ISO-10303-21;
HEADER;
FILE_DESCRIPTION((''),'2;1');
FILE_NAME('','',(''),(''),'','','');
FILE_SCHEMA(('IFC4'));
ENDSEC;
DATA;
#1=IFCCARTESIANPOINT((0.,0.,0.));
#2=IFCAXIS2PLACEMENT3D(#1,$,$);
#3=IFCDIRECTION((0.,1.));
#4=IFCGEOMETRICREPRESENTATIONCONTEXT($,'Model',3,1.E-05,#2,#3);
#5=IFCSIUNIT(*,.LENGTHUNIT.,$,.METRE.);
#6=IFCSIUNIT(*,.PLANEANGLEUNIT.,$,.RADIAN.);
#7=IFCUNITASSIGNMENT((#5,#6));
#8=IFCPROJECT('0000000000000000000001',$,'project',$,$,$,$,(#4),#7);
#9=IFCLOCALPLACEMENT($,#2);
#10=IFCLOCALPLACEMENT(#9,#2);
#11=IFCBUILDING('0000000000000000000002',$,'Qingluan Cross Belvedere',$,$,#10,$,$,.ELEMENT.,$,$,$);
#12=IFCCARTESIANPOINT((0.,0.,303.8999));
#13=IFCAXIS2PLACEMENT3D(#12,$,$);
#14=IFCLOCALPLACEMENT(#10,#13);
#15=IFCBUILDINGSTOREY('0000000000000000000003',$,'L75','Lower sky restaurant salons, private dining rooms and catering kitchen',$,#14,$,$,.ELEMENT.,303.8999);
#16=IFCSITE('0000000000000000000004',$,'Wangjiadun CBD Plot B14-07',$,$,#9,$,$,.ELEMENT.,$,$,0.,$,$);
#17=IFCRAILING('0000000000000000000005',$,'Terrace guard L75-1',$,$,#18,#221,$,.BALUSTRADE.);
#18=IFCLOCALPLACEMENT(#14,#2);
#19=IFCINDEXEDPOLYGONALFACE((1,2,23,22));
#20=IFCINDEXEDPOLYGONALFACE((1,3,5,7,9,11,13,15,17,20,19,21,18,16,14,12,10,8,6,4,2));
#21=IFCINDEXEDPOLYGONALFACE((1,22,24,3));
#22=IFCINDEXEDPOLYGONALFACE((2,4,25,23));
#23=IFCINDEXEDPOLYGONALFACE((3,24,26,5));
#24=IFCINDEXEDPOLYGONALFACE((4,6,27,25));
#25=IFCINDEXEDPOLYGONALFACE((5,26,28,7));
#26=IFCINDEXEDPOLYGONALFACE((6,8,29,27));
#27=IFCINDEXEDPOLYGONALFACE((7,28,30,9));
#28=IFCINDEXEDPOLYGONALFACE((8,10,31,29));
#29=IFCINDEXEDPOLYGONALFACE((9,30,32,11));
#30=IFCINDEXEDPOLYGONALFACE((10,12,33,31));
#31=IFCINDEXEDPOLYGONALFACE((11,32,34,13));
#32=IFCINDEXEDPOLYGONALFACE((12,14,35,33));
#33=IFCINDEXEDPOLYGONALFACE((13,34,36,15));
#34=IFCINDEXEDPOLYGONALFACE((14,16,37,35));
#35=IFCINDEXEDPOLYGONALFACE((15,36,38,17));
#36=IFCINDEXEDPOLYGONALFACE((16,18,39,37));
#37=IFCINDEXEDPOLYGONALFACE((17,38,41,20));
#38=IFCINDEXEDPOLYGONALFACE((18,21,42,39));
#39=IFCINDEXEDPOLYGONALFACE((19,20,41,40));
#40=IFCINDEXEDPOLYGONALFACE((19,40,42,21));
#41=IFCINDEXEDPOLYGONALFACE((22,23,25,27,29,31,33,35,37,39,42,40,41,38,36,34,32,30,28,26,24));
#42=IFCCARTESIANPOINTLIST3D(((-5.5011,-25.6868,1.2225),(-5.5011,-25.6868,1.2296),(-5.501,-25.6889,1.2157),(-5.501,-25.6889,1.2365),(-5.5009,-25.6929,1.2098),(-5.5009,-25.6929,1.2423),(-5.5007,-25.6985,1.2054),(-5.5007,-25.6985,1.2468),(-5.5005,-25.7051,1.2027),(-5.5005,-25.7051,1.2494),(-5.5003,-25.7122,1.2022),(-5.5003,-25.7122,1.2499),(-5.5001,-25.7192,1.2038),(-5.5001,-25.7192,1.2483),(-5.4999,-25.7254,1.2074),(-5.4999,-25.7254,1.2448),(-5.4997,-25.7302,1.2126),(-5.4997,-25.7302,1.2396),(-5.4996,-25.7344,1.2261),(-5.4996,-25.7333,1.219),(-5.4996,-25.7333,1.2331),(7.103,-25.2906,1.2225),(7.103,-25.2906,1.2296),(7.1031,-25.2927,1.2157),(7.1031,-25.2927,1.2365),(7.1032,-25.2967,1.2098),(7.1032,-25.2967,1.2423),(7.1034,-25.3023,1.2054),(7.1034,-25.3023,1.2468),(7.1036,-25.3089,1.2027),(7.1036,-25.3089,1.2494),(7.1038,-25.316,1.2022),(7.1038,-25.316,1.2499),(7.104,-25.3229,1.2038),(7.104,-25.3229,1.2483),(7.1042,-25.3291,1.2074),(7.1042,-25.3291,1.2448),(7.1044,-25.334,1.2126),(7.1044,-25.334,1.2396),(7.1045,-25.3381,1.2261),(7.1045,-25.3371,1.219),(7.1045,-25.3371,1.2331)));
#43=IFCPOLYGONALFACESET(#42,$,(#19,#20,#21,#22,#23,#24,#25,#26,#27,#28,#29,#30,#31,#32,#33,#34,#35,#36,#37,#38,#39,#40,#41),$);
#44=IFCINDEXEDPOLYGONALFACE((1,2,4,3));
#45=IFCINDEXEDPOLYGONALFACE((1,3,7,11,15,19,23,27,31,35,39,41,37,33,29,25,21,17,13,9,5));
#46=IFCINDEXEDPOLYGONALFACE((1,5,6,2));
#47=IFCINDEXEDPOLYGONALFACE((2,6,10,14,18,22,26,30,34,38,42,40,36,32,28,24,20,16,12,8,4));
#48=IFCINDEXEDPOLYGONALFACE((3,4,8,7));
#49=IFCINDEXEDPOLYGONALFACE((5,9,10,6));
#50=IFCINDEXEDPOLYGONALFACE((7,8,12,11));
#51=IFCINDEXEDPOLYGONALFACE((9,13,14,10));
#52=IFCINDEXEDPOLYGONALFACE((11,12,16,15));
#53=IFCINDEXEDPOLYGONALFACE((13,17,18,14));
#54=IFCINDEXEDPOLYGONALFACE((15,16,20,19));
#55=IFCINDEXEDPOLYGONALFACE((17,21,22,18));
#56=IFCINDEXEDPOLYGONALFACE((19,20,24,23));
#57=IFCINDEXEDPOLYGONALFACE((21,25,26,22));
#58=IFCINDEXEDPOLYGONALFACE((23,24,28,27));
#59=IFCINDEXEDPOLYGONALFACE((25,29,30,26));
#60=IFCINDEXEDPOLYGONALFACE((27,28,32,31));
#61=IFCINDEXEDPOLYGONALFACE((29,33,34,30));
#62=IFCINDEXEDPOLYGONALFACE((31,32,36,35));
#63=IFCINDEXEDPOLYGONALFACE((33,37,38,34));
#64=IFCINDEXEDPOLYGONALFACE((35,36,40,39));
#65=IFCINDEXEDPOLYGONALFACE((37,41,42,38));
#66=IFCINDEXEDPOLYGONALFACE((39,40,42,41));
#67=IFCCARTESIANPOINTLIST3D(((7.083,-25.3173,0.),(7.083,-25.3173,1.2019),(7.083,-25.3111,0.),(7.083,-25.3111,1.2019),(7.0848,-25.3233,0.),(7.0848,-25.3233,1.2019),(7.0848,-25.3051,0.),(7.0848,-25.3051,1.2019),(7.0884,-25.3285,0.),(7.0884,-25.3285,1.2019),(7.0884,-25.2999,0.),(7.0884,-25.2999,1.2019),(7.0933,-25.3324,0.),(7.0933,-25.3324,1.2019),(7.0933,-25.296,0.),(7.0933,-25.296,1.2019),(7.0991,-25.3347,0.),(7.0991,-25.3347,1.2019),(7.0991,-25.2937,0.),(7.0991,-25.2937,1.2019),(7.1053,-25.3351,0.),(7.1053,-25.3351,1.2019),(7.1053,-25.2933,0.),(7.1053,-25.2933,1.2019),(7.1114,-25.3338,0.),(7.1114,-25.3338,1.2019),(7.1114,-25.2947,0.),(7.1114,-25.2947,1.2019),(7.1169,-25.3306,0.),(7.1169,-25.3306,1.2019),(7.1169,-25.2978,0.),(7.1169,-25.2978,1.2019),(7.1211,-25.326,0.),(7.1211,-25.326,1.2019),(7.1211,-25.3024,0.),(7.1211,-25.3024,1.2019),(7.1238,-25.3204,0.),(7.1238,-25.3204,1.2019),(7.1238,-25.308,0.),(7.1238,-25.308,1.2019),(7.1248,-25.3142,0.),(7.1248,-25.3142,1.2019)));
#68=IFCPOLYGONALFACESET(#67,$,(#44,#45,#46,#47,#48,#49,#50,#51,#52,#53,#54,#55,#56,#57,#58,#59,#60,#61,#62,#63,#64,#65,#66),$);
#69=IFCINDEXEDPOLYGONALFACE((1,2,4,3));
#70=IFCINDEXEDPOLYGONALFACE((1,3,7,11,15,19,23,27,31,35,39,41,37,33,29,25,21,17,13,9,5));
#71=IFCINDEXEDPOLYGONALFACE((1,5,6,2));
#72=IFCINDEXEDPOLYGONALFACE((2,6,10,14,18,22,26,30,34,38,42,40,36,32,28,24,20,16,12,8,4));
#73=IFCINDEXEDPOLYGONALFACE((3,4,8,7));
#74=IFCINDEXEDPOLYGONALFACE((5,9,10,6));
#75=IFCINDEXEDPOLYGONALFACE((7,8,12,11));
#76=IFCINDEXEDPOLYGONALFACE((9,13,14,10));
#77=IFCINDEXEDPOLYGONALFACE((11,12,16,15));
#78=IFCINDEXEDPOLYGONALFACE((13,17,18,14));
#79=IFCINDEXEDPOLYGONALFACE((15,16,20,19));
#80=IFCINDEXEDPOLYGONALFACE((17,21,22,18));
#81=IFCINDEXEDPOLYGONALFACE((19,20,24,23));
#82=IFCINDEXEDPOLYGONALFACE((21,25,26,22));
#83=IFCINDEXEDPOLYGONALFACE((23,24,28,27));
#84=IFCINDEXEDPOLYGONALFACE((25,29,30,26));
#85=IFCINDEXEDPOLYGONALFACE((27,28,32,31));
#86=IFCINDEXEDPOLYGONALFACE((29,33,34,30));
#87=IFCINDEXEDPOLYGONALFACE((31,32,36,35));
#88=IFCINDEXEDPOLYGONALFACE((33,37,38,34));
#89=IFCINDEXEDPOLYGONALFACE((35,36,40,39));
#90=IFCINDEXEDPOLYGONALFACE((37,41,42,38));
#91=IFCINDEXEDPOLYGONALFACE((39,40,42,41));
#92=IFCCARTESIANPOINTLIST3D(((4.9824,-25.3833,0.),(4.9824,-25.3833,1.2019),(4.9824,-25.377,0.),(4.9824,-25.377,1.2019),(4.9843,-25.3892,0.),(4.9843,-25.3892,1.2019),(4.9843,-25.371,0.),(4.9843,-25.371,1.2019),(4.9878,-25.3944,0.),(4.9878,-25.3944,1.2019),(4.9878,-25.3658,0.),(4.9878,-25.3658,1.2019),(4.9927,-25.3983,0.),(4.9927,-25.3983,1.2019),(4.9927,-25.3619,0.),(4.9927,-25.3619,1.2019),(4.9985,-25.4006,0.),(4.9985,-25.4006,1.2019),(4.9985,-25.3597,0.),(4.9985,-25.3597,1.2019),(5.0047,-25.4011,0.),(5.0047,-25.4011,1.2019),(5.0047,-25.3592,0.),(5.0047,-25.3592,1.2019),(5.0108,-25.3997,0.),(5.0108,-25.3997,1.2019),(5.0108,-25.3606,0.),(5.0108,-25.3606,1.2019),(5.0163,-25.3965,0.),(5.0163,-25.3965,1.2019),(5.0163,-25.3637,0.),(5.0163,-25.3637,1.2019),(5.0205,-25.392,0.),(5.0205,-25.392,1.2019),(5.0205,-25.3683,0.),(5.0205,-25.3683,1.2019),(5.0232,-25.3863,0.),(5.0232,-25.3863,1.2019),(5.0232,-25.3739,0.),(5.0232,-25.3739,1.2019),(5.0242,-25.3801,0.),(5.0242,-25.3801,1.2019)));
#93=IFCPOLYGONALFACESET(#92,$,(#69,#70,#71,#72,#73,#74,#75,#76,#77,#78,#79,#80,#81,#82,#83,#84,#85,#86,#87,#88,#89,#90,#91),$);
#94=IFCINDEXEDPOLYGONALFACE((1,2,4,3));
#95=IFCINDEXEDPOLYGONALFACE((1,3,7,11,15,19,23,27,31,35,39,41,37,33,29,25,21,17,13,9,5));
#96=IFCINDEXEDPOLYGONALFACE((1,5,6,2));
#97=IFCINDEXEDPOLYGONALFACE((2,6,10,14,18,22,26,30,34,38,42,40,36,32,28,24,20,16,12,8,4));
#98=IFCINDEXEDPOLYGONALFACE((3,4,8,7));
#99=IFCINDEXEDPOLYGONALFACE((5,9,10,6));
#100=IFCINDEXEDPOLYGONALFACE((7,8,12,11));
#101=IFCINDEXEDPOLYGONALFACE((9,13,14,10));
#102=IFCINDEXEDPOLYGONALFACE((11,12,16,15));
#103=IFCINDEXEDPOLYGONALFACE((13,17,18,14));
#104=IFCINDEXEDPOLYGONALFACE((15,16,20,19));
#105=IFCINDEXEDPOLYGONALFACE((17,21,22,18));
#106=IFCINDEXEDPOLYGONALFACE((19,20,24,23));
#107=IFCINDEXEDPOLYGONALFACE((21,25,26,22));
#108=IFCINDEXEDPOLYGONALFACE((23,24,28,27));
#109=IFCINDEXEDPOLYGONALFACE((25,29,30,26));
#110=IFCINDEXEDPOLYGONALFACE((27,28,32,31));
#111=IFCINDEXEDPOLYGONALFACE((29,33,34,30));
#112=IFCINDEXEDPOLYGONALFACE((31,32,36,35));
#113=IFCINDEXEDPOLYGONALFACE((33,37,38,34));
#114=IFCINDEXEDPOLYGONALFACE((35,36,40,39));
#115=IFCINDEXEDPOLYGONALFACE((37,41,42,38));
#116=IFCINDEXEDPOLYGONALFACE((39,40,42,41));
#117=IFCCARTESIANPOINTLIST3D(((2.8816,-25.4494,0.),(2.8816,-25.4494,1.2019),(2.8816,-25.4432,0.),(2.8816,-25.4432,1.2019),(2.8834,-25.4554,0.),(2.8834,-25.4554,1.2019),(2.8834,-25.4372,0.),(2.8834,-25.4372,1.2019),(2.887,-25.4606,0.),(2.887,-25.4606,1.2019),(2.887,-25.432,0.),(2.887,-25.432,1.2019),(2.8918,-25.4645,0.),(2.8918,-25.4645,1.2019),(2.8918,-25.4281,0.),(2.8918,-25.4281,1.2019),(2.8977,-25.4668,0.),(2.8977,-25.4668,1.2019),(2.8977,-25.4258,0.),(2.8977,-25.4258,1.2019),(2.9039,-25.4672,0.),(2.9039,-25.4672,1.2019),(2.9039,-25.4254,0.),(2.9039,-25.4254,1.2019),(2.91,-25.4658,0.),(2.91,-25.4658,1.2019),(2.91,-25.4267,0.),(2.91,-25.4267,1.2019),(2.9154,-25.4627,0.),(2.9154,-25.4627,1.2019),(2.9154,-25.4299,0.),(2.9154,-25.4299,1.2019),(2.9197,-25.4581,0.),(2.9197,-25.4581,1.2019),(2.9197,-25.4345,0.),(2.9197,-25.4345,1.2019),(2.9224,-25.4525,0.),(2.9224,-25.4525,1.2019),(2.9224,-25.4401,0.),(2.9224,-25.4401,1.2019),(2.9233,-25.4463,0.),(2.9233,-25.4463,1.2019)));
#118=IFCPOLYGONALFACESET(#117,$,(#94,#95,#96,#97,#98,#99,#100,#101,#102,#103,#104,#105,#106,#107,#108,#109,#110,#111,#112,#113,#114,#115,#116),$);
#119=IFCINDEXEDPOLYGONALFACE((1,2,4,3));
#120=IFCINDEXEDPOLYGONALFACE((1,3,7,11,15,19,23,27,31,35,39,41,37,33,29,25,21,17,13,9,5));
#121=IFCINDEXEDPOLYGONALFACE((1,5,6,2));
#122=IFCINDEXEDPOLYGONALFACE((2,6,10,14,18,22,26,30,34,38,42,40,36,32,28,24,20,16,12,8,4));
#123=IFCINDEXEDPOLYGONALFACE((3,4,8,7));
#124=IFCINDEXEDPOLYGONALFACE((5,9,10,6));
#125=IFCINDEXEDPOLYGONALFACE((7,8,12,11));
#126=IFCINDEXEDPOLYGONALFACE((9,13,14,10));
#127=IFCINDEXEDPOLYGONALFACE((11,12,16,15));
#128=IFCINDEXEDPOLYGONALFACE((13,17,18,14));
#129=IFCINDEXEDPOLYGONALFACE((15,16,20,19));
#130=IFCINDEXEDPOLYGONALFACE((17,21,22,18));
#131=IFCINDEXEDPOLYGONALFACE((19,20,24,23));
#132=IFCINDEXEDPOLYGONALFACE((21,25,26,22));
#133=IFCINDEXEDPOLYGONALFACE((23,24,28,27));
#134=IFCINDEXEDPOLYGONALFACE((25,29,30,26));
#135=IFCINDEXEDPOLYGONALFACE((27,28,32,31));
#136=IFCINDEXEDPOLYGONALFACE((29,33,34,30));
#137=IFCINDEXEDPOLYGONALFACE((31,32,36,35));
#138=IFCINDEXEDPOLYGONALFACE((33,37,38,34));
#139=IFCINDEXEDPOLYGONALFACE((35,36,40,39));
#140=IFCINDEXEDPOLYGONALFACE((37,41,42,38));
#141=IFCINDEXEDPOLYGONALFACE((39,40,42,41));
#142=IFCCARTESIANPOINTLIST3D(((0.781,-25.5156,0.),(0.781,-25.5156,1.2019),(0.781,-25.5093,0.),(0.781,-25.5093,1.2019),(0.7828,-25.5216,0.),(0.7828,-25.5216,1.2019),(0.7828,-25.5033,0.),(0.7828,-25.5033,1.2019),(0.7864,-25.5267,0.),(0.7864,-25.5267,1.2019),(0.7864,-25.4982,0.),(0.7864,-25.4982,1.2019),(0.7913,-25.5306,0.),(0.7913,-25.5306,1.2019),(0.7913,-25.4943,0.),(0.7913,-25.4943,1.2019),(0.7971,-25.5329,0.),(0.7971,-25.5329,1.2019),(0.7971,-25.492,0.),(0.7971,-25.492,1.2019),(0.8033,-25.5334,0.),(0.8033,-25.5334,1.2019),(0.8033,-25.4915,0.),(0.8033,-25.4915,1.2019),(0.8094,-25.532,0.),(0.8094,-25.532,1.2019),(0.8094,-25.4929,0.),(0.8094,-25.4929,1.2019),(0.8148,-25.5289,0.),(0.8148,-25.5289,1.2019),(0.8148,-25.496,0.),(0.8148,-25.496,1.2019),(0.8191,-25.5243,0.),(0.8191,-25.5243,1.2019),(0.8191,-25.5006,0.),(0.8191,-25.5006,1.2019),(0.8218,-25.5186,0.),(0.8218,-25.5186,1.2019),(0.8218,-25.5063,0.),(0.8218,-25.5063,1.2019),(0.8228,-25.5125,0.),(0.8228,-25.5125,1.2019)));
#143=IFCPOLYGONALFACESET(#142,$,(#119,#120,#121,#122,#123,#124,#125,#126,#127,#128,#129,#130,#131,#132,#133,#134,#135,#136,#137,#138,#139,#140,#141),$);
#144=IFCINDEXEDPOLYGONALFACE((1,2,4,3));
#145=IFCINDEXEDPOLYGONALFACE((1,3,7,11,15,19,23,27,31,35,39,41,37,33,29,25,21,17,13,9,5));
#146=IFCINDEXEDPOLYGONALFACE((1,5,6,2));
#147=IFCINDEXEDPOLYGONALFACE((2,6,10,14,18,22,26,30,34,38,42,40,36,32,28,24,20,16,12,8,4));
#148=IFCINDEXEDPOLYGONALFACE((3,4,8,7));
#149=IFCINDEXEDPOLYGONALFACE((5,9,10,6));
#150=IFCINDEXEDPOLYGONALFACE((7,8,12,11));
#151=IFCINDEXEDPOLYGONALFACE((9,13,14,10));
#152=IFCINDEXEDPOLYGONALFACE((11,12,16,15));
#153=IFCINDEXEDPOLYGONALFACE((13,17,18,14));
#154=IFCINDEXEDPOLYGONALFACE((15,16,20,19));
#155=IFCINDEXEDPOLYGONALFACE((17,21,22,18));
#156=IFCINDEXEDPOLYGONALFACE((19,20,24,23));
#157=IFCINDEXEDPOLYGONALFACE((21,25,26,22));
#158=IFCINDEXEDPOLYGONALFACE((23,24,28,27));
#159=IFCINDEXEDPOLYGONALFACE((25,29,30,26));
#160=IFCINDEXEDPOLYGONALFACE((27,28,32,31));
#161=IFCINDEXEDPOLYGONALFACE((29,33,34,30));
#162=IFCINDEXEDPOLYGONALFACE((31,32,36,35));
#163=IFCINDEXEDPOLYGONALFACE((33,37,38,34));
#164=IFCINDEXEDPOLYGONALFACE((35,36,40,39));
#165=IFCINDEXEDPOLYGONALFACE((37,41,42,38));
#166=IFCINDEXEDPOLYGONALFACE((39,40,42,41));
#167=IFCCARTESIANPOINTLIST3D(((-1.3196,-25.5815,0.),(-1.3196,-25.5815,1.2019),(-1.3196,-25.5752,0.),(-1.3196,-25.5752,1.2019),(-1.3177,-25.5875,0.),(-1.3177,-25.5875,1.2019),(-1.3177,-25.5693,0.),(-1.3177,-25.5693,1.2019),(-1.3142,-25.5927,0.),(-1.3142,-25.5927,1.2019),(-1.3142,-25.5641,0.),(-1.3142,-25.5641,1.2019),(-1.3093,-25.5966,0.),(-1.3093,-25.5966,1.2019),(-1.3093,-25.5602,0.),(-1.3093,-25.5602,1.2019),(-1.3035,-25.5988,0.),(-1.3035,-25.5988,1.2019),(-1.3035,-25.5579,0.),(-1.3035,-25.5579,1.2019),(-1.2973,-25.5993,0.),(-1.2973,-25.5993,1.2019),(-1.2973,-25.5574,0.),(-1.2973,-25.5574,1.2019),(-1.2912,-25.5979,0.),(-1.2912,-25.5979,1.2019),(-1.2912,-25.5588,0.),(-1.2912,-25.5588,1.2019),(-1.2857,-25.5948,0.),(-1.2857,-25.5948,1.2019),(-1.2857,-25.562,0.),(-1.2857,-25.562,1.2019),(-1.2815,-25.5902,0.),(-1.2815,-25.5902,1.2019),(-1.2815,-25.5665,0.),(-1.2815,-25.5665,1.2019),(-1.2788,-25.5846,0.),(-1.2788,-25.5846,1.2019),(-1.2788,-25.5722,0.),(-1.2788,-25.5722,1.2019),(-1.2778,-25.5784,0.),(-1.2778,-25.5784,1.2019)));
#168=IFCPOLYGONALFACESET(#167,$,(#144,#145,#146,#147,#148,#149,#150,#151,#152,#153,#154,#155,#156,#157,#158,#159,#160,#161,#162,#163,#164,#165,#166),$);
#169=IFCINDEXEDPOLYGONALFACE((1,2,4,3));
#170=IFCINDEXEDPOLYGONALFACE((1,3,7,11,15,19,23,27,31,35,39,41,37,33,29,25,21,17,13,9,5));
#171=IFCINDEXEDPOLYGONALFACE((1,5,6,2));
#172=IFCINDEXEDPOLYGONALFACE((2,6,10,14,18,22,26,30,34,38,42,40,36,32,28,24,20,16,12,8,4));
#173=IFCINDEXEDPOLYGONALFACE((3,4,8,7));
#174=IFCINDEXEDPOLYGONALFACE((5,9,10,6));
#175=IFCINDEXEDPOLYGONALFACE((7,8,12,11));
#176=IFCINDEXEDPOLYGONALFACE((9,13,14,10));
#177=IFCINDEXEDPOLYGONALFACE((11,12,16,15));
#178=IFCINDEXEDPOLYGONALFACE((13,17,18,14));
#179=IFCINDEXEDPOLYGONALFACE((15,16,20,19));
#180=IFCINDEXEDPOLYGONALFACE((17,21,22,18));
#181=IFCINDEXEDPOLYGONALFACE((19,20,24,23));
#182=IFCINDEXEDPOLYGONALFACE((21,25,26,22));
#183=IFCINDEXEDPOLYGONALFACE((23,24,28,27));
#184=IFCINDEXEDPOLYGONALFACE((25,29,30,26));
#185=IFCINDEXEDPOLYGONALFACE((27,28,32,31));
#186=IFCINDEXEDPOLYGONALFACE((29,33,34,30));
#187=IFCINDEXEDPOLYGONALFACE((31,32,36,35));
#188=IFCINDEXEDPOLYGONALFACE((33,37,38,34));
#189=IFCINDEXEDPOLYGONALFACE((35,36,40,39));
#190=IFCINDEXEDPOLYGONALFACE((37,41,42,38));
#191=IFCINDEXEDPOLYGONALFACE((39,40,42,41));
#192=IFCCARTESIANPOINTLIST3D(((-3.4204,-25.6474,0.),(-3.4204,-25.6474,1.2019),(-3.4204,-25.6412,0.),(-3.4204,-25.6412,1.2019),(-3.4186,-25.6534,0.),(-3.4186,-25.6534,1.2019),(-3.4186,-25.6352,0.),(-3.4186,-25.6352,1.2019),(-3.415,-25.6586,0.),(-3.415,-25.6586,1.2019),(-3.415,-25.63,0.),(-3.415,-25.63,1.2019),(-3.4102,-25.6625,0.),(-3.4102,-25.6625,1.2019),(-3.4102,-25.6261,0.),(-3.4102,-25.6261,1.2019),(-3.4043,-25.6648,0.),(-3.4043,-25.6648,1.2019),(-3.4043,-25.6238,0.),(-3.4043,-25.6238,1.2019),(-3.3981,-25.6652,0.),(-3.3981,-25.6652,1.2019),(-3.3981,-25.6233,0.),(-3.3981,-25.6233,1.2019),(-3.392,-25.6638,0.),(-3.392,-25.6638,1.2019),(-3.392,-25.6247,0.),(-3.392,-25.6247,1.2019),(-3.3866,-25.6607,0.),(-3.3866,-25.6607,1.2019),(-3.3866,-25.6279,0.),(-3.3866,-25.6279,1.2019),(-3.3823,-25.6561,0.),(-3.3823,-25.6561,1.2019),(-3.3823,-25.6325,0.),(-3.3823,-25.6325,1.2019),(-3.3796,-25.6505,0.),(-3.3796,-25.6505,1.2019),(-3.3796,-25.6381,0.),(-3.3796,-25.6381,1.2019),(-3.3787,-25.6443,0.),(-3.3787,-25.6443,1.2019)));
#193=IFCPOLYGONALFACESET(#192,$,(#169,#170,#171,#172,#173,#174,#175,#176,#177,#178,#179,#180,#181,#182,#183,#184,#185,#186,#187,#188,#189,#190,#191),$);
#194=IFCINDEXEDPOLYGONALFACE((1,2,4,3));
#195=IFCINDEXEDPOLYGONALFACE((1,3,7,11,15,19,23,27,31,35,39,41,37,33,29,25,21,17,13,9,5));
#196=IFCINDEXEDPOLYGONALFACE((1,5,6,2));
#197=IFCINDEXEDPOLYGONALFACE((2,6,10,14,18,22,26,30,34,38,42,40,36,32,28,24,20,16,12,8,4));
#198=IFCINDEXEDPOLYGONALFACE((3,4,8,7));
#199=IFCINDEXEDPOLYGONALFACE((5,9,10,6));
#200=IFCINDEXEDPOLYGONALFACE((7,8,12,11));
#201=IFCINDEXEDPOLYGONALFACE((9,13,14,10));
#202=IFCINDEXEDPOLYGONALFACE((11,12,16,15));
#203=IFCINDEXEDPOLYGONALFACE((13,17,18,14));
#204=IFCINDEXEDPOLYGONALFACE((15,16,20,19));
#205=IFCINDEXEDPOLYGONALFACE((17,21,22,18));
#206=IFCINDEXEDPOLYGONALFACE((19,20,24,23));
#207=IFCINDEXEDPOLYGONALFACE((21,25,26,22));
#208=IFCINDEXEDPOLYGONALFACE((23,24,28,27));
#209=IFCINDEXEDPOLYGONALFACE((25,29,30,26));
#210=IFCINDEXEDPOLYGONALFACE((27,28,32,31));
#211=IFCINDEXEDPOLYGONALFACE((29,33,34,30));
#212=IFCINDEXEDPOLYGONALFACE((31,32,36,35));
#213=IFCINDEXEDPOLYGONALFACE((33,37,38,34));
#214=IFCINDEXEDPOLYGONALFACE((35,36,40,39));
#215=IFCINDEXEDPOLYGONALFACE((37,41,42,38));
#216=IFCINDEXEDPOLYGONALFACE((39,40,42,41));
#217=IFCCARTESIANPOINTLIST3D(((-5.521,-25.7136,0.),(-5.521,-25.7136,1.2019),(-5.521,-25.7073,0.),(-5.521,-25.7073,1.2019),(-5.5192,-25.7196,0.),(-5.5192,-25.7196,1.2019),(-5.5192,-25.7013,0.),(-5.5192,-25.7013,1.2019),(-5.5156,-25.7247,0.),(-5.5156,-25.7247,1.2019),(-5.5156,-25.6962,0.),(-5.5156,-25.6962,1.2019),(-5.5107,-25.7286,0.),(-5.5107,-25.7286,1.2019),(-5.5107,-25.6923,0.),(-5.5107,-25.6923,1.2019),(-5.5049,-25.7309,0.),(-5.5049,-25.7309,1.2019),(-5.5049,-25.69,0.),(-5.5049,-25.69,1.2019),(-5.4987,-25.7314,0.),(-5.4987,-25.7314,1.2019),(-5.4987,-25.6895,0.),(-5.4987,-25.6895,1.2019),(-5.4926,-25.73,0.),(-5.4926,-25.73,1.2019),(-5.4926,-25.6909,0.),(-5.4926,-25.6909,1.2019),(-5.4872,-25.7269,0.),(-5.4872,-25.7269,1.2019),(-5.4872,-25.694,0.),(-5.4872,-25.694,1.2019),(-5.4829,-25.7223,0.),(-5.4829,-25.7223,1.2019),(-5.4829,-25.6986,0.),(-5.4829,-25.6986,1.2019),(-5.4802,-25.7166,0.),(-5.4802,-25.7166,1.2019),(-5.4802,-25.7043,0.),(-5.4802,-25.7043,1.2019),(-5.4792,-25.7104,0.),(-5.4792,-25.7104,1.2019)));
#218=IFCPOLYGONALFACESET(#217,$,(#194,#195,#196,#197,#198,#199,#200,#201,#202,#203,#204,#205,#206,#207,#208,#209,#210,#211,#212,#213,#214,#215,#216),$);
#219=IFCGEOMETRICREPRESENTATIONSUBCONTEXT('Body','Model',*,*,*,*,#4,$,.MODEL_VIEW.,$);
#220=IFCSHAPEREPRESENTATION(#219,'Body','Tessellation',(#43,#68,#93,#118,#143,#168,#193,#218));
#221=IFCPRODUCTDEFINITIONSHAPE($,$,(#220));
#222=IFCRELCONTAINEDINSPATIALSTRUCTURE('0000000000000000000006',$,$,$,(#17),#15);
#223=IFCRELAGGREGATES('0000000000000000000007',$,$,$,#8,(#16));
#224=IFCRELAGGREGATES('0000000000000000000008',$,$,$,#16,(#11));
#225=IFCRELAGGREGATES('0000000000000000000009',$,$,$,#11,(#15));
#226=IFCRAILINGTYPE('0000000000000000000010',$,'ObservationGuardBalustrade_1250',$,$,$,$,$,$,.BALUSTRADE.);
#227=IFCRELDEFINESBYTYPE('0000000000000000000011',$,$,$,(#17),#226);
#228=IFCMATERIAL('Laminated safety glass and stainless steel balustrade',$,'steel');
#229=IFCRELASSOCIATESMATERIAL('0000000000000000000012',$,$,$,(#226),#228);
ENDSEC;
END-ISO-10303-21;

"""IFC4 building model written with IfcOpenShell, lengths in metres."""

from ifc_helpers import new_model, si_unit, direction, frame, origin, origin_2d, place, context, subcontext, project, spatial, circle, extrude, material, type_object, element, save


model = new_model("IFC4")

# Units and contexts
model_context = context("Model", 3, precision=1e-05, world=origin(), true_north=direction((0.0, 1.0)))
body_context = subcontext(model_context, "Body", "Model", "MODEL_VIEW")
ifc_project = project(units=[si_unit("LENGTHUNIT", "METRE"), si_unit("PLANEANGLEUNIT", "RADIAN")], contexts=[model_context])

# Site, building, storey
site_placement = place(None, origin())
site = spatial("IfcSite", under=ifc_project, at=site_placement, Name="Wangjiadun CBD Plot B14-07", CompositionType="ELEMENT", RefElevation=0.0)
building_placement = place(site_placement, origin())
building = spatial("IfcBuilding", under=site, at=building_placement, Name="Qingluan Cross Belvedere", CompositionType="ELEMENT")
storey_placement = place(building_placement, frame((0.0, 0.0, 303.8999)))
storey = spatial("IfcBuildingStorey", under=building, at=storey_placement, Name="L75", Description="Lower sky restaurant salons, private dining rooms and catering kitchen", CompositionType="ELEMENT", Elevation=303.8999)

# Railing
ifc_material_1 = material(Name="Laminated safety glass and stainless steel balustrade", Category="steel")
railing_type = type_object("IfcRailingType", Name="ObservationGuardBalustrade_1250", PredefinedType="BALUSTRADE", material=ifc_material_1)
railing_placement = place(storey_placement, frame((7.1038, -25.3142, 0.0)))
element("IfcRailing", 1, at=railing_placement, inside=storey, type_object=railing_type, Name="Terrace guard L75-1", PredefinedType="BALUSTRADE", context=body_context, shape_type="SweptSolid", body=[
    extrude(circle(Radius=0.0239, at=origin_2d()), frame((0.0, 0.0, 1.2261), z_axis=(-0.999506, -0.031422, 0.0), x_axis=(0.031422, -0.999506, 0.0)), (0.0, 0.0, 1.0), 12.6104),
    extrude(circle(Radius=0.021, at=origin_2d()), origin(), (0.0, 0.0, 1.0), 1.2019),
    extrude(circle(Radius=0.021, at=origin_2d()), frame((-2.1006, -0.0659, 0.0)), (0.0, 0.0, 1.0), 1.2019),
    extrude(circle(Radius=0.021, at=origin_2d()), frame((-4.2014, -0.1321, 0.0)), (0.0, 0.0, 1.0), 1.2019),
    extrude(circle(Radius=0.021, at=origin_2d()), frame((-6.302, -0.1982, 0.0)), (0.0, 0.0, 1.0), 1.2019),
    extrude(circle(Radius=0.021, at=origin_2d()), frame((-8.4026, -0.2642, 0.0)), (0.0, 0.0, 1.0), 1.2019),
    extrude(circle(Radius=0.021, at=origin_2d()), frame((-10.5034, -0.3301, 0.0)), (0.0, 0.0, 1.0), 1.2019),
    extrude(circle(Radius=0.021, at=origin_2d()), frame((-12.604, -0.3962, 0.0)), (0.0, 0.0, 1.0), 1.2019),
])

save(model, "model.ifc")
